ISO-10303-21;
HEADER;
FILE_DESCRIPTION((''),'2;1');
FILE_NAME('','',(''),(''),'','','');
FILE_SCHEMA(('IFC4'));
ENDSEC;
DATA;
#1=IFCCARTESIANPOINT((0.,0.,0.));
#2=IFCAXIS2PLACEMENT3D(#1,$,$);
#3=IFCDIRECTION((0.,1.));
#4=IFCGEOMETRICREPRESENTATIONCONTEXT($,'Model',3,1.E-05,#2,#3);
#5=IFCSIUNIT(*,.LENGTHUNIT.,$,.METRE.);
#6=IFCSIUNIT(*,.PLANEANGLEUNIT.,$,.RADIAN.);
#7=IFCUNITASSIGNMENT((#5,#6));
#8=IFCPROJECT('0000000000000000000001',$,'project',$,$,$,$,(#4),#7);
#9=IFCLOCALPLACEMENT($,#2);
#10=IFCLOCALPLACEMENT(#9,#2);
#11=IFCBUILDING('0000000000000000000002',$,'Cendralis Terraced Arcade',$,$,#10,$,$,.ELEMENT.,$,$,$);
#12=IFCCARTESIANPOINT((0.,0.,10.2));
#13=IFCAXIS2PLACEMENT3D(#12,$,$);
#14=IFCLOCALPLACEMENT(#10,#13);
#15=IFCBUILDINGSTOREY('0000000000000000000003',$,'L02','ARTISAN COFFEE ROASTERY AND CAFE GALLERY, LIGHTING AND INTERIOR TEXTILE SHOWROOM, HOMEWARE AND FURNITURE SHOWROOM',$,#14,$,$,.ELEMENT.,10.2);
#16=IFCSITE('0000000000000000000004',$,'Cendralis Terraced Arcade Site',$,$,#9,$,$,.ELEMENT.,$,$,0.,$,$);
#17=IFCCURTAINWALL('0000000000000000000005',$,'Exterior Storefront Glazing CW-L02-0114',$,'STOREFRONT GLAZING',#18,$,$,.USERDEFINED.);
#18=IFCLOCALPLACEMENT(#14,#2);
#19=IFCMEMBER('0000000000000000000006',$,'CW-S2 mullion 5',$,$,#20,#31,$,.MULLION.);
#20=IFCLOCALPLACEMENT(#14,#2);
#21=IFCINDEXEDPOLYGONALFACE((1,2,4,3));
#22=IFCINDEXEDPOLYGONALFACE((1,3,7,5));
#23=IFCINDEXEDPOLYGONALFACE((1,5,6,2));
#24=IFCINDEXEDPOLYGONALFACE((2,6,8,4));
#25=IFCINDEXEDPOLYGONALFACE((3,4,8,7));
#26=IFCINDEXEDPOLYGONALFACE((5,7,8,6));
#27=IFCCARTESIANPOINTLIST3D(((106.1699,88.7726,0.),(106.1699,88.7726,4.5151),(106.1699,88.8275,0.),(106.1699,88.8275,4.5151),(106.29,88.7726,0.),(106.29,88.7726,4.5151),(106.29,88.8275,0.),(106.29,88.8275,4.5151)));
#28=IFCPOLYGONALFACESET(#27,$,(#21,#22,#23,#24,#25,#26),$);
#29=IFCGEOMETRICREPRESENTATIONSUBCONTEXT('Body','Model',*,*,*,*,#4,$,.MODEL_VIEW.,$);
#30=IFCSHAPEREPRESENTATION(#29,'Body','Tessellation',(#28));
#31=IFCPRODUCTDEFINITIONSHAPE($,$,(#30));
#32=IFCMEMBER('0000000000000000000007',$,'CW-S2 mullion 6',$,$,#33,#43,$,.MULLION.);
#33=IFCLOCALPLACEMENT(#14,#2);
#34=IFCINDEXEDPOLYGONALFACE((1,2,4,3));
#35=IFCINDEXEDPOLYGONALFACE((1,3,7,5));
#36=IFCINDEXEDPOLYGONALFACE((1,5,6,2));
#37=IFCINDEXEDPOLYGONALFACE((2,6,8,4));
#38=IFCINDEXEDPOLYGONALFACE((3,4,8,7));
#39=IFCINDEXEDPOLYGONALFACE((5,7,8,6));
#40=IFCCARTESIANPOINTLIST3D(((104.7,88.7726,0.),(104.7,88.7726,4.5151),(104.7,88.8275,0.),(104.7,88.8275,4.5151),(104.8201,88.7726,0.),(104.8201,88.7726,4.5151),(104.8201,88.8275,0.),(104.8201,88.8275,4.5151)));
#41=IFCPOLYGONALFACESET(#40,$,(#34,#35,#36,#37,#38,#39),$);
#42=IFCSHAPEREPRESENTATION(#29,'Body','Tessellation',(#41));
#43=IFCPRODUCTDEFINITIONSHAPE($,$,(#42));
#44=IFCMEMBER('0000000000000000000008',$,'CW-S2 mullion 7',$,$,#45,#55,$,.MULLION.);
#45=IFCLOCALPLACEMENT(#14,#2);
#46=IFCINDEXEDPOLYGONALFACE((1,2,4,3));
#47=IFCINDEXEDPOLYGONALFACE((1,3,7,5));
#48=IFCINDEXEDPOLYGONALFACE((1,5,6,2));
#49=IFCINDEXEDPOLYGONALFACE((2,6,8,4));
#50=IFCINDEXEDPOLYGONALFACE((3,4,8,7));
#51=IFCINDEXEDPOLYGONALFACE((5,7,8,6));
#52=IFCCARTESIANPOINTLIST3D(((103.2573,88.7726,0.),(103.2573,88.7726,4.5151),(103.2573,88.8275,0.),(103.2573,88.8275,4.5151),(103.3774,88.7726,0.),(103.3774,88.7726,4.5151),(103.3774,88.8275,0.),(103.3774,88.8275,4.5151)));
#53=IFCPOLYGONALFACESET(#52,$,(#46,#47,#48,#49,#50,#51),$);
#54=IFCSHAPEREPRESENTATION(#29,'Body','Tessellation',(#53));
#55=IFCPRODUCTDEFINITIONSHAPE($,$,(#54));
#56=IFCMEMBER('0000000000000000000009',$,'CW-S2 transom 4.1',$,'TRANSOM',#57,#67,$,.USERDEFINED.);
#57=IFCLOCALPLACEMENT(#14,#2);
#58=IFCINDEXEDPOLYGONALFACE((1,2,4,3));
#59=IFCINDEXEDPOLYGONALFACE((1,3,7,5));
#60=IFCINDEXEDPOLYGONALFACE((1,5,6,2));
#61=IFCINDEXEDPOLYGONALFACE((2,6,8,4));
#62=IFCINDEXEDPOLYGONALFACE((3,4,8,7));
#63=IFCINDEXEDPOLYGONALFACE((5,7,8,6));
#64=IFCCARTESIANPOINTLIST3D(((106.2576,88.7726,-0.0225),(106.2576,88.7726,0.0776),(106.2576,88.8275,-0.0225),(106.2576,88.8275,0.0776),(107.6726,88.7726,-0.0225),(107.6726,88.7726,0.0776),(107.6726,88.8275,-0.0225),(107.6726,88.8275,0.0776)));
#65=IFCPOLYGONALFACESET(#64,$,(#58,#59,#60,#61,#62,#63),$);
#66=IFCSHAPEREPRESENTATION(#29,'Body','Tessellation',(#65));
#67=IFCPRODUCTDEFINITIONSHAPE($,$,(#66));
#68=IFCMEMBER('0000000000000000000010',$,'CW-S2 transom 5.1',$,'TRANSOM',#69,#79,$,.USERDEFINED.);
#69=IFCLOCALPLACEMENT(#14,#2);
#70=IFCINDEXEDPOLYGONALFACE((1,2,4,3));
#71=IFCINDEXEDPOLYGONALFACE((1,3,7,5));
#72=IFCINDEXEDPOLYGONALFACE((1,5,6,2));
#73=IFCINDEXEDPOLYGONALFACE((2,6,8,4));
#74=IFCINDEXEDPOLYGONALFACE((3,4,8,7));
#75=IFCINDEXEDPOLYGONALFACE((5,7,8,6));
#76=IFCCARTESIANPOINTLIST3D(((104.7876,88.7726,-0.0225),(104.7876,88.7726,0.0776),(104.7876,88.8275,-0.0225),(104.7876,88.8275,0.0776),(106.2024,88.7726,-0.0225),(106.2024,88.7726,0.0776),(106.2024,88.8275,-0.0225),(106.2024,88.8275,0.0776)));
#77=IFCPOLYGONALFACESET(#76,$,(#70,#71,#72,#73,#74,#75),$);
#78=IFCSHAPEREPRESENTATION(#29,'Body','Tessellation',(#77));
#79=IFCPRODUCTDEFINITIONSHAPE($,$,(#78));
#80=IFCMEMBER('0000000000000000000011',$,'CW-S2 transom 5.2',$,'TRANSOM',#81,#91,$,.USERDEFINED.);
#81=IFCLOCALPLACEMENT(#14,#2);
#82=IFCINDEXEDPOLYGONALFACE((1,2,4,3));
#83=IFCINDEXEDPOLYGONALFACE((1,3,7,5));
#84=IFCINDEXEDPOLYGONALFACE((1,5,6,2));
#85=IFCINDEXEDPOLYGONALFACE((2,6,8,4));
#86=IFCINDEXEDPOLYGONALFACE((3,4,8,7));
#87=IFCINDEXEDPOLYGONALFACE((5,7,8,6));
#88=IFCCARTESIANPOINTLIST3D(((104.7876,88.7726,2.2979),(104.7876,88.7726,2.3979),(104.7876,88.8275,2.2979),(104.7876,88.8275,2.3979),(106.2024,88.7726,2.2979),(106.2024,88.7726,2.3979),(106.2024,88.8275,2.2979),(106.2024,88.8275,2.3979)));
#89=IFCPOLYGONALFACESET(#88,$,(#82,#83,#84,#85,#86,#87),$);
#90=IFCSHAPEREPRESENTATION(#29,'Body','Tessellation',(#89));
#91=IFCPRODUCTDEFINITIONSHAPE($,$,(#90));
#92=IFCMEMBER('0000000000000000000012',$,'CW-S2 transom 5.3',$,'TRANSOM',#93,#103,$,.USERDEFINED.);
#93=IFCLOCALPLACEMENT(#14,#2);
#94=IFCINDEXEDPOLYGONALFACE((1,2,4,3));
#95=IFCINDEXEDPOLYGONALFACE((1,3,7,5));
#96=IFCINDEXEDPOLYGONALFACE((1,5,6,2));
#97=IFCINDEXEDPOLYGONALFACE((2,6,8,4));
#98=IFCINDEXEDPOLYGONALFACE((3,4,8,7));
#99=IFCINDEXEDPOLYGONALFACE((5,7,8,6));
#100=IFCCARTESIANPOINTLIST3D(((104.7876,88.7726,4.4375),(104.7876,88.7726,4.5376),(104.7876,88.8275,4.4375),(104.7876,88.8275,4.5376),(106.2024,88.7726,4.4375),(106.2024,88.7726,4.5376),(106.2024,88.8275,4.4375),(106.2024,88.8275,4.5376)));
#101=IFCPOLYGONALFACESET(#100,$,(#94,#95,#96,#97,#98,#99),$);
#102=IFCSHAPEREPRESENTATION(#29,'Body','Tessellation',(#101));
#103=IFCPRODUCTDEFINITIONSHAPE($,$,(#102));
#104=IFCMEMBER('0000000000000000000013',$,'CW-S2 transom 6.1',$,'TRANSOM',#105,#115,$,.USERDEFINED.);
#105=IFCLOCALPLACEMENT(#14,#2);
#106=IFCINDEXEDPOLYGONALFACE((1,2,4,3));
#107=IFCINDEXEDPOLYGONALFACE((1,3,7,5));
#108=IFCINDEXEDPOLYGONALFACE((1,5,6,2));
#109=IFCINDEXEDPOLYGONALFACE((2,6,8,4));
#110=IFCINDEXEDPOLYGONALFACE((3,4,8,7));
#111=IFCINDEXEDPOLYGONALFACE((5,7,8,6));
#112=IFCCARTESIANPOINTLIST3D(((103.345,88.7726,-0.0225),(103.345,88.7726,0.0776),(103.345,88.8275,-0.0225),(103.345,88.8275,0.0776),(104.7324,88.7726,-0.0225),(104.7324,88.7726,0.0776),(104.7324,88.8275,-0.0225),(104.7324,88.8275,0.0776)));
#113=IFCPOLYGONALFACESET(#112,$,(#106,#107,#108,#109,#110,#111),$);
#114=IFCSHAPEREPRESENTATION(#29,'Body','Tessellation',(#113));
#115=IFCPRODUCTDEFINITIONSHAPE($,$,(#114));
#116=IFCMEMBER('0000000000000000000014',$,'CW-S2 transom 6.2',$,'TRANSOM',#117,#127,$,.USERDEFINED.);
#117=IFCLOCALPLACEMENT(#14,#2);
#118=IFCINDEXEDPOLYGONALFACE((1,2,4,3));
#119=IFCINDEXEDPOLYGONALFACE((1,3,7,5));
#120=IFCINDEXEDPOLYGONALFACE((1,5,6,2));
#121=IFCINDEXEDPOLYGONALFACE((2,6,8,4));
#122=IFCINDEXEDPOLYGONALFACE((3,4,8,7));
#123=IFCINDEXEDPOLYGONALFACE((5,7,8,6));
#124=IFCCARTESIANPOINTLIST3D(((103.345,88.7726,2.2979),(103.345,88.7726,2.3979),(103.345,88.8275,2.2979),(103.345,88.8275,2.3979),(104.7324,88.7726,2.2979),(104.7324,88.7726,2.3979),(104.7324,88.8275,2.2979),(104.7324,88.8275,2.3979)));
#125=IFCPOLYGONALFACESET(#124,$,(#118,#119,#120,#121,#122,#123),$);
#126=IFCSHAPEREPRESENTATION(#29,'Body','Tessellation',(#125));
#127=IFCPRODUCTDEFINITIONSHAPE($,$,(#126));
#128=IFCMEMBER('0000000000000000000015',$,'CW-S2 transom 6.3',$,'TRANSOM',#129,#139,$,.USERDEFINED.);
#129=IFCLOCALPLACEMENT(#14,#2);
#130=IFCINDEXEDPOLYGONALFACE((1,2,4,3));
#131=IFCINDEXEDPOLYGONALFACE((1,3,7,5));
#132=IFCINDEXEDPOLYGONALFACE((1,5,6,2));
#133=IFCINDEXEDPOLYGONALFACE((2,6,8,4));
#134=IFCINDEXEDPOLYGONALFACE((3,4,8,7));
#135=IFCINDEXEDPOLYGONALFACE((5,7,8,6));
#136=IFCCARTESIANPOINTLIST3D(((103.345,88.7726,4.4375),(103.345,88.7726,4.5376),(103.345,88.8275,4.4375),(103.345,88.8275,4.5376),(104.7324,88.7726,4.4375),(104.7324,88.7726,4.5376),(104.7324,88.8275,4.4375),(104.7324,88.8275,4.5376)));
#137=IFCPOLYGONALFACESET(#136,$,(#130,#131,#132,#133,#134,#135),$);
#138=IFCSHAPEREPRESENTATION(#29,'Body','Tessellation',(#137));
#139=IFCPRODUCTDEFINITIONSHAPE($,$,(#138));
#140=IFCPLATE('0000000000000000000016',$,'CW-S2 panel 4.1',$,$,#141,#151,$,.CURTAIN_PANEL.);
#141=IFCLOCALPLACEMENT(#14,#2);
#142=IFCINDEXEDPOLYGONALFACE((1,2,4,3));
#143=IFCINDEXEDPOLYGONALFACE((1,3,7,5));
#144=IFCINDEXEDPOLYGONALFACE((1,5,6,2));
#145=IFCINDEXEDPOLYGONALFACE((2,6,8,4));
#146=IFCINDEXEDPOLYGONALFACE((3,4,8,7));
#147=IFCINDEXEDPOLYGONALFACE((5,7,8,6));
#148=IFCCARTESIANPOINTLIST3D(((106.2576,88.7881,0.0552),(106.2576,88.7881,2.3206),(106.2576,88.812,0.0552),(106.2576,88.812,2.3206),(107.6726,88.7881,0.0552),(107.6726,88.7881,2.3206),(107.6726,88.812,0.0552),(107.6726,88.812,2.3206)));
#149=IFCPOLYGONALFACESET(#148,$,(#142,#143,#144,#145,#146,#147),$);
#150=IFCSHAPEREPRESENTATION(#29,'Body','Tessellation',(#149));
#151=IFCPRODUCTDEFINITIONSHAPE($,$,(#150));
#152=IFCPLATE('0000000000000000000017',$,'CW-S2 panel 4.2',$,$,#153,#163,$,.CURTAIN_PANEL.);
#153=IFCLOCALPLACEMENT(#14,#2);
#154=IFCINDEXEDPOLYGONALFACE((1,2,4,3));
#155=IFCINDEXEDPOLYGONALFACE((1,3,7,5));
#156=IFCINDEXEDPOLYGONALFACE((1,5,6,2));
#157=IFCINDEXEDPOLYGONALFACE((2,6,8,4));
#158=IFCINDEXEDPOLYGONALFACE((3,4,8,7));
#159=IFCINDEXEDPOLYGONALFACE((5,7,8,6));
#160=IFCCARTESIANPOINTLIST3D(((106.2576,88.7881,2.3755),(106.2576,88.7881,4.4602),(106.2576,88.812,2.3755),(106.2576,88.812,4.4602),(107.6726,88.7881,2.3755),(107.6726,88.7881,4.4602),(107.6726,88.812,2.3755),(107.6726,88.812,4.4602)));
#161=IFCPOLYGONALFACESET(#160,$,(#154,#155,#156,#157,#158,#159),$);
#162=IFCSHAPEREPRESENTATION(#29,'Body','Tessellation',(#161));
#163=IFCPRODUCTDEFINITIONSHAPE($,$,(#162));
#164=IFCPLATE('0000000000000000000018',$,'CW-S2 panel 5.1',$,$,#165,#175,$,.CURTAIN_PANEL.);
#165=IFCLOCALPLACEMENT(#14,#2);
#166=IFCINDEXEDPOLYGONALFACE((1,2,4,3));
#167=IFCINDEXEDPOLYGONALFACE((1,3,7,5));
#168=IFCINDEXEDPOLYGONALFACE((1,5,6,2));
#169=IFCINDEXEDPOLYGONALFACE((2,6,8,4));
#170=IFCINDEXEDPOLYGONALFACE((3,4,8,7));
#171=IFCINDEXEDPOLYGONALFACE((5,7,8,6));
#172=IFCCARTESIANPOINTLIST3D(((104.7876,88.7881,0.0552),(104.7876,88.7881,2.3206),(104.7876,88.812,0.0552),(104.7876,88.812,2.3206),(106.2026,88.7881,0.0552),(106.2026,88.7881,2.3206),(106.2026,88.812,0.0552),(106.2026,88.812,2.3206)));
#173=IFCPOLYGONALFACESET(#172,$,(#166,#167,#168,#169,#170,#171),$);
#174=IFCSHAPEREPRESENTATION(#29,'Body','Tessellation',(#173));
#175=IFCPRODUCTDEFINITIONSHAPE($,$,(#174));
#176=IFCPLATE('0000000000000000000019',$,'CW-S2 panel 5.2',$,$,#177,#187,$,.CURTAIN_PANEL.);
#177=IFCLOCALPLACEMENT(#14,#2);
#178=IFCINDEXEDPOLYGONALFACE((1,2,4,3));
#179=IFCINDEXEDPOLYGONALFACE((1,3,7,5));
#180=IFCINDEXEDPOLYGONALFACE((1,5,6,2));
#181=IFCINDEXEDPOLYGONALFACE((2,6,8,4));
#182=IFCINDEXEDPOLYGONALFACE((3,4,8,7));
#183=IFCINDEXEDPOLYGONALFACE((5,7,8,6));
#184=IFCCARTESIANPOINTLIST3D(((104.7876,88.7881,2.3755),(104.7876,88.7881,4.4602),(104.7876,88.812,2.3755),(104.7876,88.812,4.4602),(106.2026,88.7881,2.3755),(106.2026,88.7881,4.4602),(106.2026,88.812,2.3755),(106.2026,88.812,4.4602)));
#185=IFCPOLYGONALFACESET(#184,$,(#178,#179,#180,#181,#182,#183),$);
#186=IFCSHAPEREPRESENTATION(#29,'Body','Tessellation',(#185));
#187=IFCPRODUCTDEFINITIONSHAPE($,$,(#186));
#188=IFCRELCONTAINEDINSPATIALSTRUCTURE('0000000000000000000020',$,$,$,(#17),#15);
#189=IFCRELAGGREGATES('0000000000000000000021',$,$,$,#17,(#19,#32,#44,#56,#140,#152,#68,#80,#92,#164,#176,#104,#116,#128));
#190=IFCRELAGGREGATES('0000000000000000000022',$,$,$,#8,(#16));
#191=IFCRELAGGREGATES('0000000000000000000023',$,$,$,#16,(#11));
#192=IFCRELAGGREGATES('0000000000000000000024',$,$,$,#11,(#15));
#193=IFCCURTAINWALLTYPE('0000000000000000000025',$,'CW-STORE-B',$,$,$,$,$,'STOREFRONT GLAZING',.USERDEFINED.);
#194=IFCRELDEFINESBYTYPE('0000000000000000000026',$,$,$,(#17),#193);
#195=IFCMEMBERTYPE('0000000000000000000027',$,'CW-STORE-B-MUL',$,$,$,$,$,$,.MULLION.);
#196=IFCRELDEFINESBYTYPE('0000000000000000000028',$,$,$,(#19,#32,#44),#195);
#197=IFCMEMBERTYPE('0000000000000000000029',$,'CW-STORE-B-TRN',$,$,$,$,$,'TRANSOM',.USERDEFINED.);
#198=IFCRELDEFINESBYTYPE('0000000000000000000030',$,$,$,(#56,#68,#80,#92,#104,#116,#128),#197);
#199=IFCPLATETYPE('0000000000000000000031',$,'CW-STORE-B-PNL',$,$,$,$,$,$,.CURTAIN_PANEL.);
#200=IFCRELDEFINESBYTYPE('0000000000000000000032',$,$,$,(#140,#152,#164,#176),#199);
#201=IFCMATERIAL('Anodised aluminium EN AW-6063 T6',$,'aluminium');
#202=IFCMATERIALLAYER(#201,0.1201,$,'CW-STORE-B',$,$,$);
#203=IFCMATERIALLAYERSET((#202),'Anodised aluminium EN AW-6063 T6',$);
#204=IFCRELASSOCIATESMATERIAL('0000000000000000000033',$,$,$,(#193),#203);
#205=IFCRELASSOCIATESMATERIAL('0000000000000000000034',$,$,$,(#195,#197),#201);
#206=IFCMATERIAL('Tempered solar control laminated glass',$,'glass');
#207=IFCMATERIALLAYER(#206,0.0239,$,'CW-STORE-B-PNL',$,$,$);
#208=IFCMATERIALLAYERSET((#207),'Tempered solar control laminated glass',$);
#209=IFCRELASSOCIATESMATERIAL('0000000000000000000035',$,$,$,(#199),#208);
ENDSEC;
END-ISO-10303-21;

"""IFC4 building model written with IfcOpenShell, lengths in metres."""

from ifc_helpers import new_model, si_unit, direction, frame, origin, origin_2d, place, context, subcontext, project, spatial, rectangle, extrude, material, layer, layer_set, material_profile, profile_set, type_object, element, aggregate, save


model = new_model("IFC4")

# Units and contexts
model_context = context("Model", 3, precision=1e-05, world=origin(), true_north=direction((0.0, 1.0)))
body_context = subcontext(model_context, "Body", "Model", "MODEL_VIEW")
ifc_project = project(units=[si_unit("LENGTHUNIT", "METRE"), si_unit("PLANEANGLEUNIT", "RADIAN")], contexts=[model_context])

# Site, building, storey
site_placement = place(None, origin())
site = spatial("IfcSite", under=ifc_project, at=site_placement, Name="Cendralis Terraced Arcade Site", CompositionType="ELEMENT", RefElevation=0.0)
building_placement = place(site_placement, origin())
building = spatial("IfcBuilding", under=site, at=building_placement, Name="Cendralis Terraced Arcade", CompositionType="ELEMENT")
storey_placement = place(building_placement, frame((0.0, 0.0, 10.2)))
storey = spatial("IfcBuildingStorey", under=building, at=storey_placement, Name="L02", Description="ARTISAN COFFEE ROASTERY AND CAFE GALLERY, LIGHTING AND INTERIOR TEXTILE SHOWROOM, HOMEWARE AND FURNITURE SHOWROOM", CompositionType="ELEMENT", Elevation=10.2)

# Curtain wall, members, plates
ifc_material_1 = material(Name="Anodised aluminium EN AW-6063 T6", Category="aluminium")
ifc_layer_1 = layer(ifc_material_1, 0.1201, Name="CW-STORE-B")
ifc_layer_set_1 = layer_set([ifc_layer_1], Name="Anodised aluminium EN AW-6063 T6")
curtain_wall_type = type_object("IfcCurtainWallType", Name="CW-STORE-B", ElementType="STOREFRONT GLAZING", PredefinedType="USERDEFINED", material=ifc_layer_set_1)
curtain_wall_placement = place(storey_placement, origin())
curtain_wall = element("IfcCurtainWall", 1, at=curtain_wall_placement, inside=storey, type_object=curtain_wall_type, Name="Exterior Storefront Glazing CW-L02-0114", ObjectType="STOREFRONT GLAZING", PredefinedType="USERDEFINED")
ifc_material_profile_1 = material_profile(ifc_material_1, rectangle(XDim=0.0549, YDim=0.1201, at=origin_2d()), Name="ALU-MUL-55x120")
ifc_profile_set_1 = profile_set([ifc_material_profile_1], Name="Anodised aluminium EN AW-6063 T6")
member_type_1 = type_object("IfcMemberType", Name="CW-STORE-B-MUL", PredefinedType="MULLION", material=ifc_profile_set_1)
member_1_placement = place(storey_placement, frame((106.23, 88.8, 0.0), z_axis=(0.0, 0.0, 1.0), x_axis=(0.0, -1.0, 0.0)))
member_1 = element("IfcMember", 2, at=member_1_placement, type_object=member_type_1, Name="CW-S2 mullion 5", PredefinedType="MULLION", context=body_context, shape_type="SweptSolid", body=[
    extrude(rectangle(XDim=0.0549, YDim=0.1201, at=origin_2d()), origin(), (0.0, 0.0, 1.0), 4.5151),
])
member_2_placement = place(storey_placement, frame((104.76, 88.8, 0.0), z_axis=(0.0, 0.0, 1.0), x_axis=(0.0, -1.0, 0.0)))
member_2 = element("IfcMember", 3, at=member_2_placement, type_object=member_type_1, Name="CW-S2 mullion 6", PredefinedType="MULLION", context=body_context, shape_type="SweptSolid", body=[
    extrude(rectangle(XDim=0.0549, YDim=0.1201, at=origin_2d()), origin(), (0.0, 0.0, 1.0), 4.5151),
])
member_3_placement = place(storey_placement, frame((103.3174, 88.8, 0.0), z_axis=(0.0, 0.0, 1.0), x_axis=(0.0, -1.0, 0.0)))
member_3 = element("IfcMember", 4, at=member_3_placement, type_object=member_type_1, Name="CW-S2 mullion 7", PredefinedType="MULLION", context=body_context, shape_type="SweptSolid", body=[
    extrude(rectangle(XDim=0.0549, YDim=0.1201, at=origin_2d()), origin(), (0.0, 0.0, 1.0), 4.5151),
])
ifc_material_profile_2 = material_profile(ifc_material_1, rectangle(XDim=0.0549, YDim=0.1001, at=origin_2d()), Name="ALU-TRN-55x100")
ifc_profile_set_2 = profile_set([ifc_material_profile_2], Name="Anodised aluminium EN AW-6063 T6")
member_type_2 = type_object("IfcMemberType", Name="CW-STORE-B-TRN", ElementType="TRANSOM", PredefinedType="USERDEFINED", material=ifc_profile_set_2)
member_4_placement = place(storey_placement, frame((107.6726, 88.8, 0.0276), z_axis=(-1.0, 0.0, 0.0), x_axis=(0.0, -1.0, 0.0)))
member_4 = element("IfcMember", 5, at=member_4_placement, type_object=member_type_2, Name="CW-S2 transom 4.1", ObjectType="TRANSOM", PredefinedType="USERDEFINED", context=body_context, shape_type="SweptSolid", body=[
    extrude(rectangle(XDim=0.0549, YDim=0.1001, at=origin_2d()), origin(), (0.0, 0.0, 1.0), 1.415),
])
member_5_placement = place(storey_placement, frame((106.2024, 88.8, 0.0276), z_axis=(-1.0, 0.0, 0.0), x_axis=(0.0, -1.0, 0.0)))
member_5 = element("IfcMember", 6, at=member_5_placement, type_object=member_type_2, Name="CW-S2 transom 5.1", ObjectType="TRANSOM", PredefinedType="USERDEFINED", context=body_context, shape_type="SweptSolid", body=[
    extrude(rectangle(XDim=0.0549, YDim=0.1001, at=origin_2d()), origin(), (0.0, 0.0, 1.0), 1.4148),
])
member_6_placement = place(storey_placement, frame((106.2024, 88.8, 2.3479), z_axis=(-1.0, 0.0, 0.0), x_axis=(0.0, -1.0, 0.0)))
member_6 = element("IfcMember", 7, at=member_6_placement, type_object=member_type_2, Name="CW-S2 transom 5.2", ObjectType="TRANSOM", PredefinedType="USERDEFINED", context=body_context, shape_type="SweptSolid", body=[
    extrude(rectangle(XDim=0.0549, YDim=0.1001, at=origin_2d()), origin(), (0.0, 0.0, 1.0), 1.4148),
])
member_7_placement = place(storey_placement, frame((106.2024, 88.8, 4.4875), z_axis=(-1.0, 0.0, 0.0), x_axis=(0.0, -1.0, 0.0)))
member_7 = element("IfcMember", 8, at=member_7_placement, type_object=member_type_2, Name="CW-S2 transom 5.3", ObjectType="TRANSOM", PredefinedType="USERDEFINED", context=body_context, shape_type="SweptSolid", body=[
    extrude(rectangle(XDim=0.0549, YDim=0.1001, at=origin_2d()), origin(), (0.0, 0.0, 1.0), 1.4148),
])
member_8_placement = place(storey_placement, frame((104.7324, 88.8, 0.0276), z_axis=(-1.0, 0.0, 0.0), x_axis=(0.0, -1.0, 0.0)))
member_8 = element("IfcMember", 9, at=member_8_placement, type_object=member_type_2, Name="CW-S2 transom 6.1", ObjectType="TRANSOM", PredefinedType="USERDEFINED", context=body_context, shape_type="SweptSolid", body=[
    extrude(rectangle(XDim=0.0549, YDim=0.1001, at=origin_2d()), origin(), (0.0, 0.0, 1.0), 1.3875),
])
member_9_placement = place(storey_placement, frame((104.7324, 88.8, 2.3479), z_axis=(-1.0, 0.0, 0.0), x_axis=(0.0, -1.0, 0.0)))
member_9 = element("IfcMember", 10, at=member_9_placement, type_object=member_type_2, Name="CW-S2 transom 6.2", ObjectType="TRANSOM", PredefinedType="USERDEFINED", context=body_context, shape_type="SweptSolid", body=[
    extrude(rectangle(XDim=0.0549, YDim=0.1001, at=origin_2d()), origin(), (0.0, 0.0, 1.0), 1.3875),
])
member_10_placement = place(storey_placement, frame((104.7324, 88.8, 4.4875), z_axis=(-1.0, 0.0, 0.0), x_axis=(0.0, -1.0, 0.0)))
member_10 = element("IfcMember", 11, at=member_10_placement, type_object=member_type_2, Name="CW-S2 transom 6.3", ObjectType="TRANSOM", PredefinedType="USERDEFINED", context=body_context, shape_type="SweptSolid", body=[
    extrude(rectangle(XDim=0.0549, YDim=0.1001, at=origin_2d()), origin(), (0.0, 0.0, 1.0), 1.3875),
])
ifc_material_2 = material(Name="Tempered solar control laminated glass", Category="glass")
ifc_layer_2 = layer(ifc_material_2, 0.0239, Name="CW-STORE-B-PNL")
ifc_layer_set_2 = layer_set([ifc_layer_2], Name="Tempered solar control laminated glass")
plate_type = type_object("IfcPlateType", Name="CW-STORE-B-PNL", PredefinedType="CURTAIN_PANEL", material=ifc_layer_set_2)
plate_1_placement = place(storey_placement, frame((106.9651, 88.8, 0.0552), z_axis=(0.0, 0.0, 1.0), x_axis=(-1.0, 0.0, 0.0)))
plate_1 = element("IfcPlate", 12, at=plate_1_placement, type_object=plate_type, Name="CW-S2 panel 4.1", PredefinedType="CURTAIN_PANEL", context=body_context, shape_type="SweptSolid", body=[
    extrude(rectangle(XDim=1.415, YDim=0.0239, at=origin_2d()), origin(), (0.0, 0.0, 1.0), 2.2654),
])
plate_2_placement = place(storey_placement, frame((106.9651, 88.8, 2.3755), z_axis=(0.0, 0.0, 1.0), x_axis=(-1.0, 0.0, 0.0)))
plate_2 = element("IfcPlate", 13, at=plate_2_placement, type_object=plate_type, Name="CW-S2 panel 4.2", PredefinedType="CURTAIN_PANEL", context=body_context, shape_type="SweptSolid", body=[
    extrude(rectangle(XDim=1.415, YDim=0.0239, at=origin_2d()), origin(), (0.0, 0.0, 1.0), 2.0847),
])
plate_3_placement = place(storey_placement, frame((105.4951, 88.8, 0.0552), z_axis=(0.0, 0.0, 1.0), x_axis=(-1.0, 0.0, 0.0)))
plate_3 = element("IfcPlate", 14, at=plate_3_placement, type_object=plate_type, Name="CW-S2 panel 5.1", PredefinedType="CURTAIN_PANEL", context=body_context, shape_type="SweptSolid", body=[
    extrude(rectangle(XDim=1.415, YDim=0.0239, at=origin_2d()), origin(), (0.0, 0.0, 1.0), 2.2654),
])
plate_4_placement = place(storey_placement, frame((105.4951, 88.8, 2.3755), z_axis=(0.0, 0.0, 1.0), x_axis=(-1.0, 0.0, 0.0)))
plate_4 = element("IfcPlate", 15, at=plate_4_placement, type_object=plate_type, Name="CW-S2 panel 5.2", PredefinedType="CURTAIN_PANEL", context=body_context, shape_type="SweptSolid", body=[
    extrude(rectangle(XDim=1.415, YDim=0.0239, at=origin_2d()), origin(), (0.0, 0.0, 1.0), 2.0847),
])
aggregate(curtain_wall, [member_1, member_2, member_3, member_4, plate_1, plate_2, member_5, member_6, member_7, plate_3, plate_4, member_8, member_9, member_10])

save(model, "model.ifc")
